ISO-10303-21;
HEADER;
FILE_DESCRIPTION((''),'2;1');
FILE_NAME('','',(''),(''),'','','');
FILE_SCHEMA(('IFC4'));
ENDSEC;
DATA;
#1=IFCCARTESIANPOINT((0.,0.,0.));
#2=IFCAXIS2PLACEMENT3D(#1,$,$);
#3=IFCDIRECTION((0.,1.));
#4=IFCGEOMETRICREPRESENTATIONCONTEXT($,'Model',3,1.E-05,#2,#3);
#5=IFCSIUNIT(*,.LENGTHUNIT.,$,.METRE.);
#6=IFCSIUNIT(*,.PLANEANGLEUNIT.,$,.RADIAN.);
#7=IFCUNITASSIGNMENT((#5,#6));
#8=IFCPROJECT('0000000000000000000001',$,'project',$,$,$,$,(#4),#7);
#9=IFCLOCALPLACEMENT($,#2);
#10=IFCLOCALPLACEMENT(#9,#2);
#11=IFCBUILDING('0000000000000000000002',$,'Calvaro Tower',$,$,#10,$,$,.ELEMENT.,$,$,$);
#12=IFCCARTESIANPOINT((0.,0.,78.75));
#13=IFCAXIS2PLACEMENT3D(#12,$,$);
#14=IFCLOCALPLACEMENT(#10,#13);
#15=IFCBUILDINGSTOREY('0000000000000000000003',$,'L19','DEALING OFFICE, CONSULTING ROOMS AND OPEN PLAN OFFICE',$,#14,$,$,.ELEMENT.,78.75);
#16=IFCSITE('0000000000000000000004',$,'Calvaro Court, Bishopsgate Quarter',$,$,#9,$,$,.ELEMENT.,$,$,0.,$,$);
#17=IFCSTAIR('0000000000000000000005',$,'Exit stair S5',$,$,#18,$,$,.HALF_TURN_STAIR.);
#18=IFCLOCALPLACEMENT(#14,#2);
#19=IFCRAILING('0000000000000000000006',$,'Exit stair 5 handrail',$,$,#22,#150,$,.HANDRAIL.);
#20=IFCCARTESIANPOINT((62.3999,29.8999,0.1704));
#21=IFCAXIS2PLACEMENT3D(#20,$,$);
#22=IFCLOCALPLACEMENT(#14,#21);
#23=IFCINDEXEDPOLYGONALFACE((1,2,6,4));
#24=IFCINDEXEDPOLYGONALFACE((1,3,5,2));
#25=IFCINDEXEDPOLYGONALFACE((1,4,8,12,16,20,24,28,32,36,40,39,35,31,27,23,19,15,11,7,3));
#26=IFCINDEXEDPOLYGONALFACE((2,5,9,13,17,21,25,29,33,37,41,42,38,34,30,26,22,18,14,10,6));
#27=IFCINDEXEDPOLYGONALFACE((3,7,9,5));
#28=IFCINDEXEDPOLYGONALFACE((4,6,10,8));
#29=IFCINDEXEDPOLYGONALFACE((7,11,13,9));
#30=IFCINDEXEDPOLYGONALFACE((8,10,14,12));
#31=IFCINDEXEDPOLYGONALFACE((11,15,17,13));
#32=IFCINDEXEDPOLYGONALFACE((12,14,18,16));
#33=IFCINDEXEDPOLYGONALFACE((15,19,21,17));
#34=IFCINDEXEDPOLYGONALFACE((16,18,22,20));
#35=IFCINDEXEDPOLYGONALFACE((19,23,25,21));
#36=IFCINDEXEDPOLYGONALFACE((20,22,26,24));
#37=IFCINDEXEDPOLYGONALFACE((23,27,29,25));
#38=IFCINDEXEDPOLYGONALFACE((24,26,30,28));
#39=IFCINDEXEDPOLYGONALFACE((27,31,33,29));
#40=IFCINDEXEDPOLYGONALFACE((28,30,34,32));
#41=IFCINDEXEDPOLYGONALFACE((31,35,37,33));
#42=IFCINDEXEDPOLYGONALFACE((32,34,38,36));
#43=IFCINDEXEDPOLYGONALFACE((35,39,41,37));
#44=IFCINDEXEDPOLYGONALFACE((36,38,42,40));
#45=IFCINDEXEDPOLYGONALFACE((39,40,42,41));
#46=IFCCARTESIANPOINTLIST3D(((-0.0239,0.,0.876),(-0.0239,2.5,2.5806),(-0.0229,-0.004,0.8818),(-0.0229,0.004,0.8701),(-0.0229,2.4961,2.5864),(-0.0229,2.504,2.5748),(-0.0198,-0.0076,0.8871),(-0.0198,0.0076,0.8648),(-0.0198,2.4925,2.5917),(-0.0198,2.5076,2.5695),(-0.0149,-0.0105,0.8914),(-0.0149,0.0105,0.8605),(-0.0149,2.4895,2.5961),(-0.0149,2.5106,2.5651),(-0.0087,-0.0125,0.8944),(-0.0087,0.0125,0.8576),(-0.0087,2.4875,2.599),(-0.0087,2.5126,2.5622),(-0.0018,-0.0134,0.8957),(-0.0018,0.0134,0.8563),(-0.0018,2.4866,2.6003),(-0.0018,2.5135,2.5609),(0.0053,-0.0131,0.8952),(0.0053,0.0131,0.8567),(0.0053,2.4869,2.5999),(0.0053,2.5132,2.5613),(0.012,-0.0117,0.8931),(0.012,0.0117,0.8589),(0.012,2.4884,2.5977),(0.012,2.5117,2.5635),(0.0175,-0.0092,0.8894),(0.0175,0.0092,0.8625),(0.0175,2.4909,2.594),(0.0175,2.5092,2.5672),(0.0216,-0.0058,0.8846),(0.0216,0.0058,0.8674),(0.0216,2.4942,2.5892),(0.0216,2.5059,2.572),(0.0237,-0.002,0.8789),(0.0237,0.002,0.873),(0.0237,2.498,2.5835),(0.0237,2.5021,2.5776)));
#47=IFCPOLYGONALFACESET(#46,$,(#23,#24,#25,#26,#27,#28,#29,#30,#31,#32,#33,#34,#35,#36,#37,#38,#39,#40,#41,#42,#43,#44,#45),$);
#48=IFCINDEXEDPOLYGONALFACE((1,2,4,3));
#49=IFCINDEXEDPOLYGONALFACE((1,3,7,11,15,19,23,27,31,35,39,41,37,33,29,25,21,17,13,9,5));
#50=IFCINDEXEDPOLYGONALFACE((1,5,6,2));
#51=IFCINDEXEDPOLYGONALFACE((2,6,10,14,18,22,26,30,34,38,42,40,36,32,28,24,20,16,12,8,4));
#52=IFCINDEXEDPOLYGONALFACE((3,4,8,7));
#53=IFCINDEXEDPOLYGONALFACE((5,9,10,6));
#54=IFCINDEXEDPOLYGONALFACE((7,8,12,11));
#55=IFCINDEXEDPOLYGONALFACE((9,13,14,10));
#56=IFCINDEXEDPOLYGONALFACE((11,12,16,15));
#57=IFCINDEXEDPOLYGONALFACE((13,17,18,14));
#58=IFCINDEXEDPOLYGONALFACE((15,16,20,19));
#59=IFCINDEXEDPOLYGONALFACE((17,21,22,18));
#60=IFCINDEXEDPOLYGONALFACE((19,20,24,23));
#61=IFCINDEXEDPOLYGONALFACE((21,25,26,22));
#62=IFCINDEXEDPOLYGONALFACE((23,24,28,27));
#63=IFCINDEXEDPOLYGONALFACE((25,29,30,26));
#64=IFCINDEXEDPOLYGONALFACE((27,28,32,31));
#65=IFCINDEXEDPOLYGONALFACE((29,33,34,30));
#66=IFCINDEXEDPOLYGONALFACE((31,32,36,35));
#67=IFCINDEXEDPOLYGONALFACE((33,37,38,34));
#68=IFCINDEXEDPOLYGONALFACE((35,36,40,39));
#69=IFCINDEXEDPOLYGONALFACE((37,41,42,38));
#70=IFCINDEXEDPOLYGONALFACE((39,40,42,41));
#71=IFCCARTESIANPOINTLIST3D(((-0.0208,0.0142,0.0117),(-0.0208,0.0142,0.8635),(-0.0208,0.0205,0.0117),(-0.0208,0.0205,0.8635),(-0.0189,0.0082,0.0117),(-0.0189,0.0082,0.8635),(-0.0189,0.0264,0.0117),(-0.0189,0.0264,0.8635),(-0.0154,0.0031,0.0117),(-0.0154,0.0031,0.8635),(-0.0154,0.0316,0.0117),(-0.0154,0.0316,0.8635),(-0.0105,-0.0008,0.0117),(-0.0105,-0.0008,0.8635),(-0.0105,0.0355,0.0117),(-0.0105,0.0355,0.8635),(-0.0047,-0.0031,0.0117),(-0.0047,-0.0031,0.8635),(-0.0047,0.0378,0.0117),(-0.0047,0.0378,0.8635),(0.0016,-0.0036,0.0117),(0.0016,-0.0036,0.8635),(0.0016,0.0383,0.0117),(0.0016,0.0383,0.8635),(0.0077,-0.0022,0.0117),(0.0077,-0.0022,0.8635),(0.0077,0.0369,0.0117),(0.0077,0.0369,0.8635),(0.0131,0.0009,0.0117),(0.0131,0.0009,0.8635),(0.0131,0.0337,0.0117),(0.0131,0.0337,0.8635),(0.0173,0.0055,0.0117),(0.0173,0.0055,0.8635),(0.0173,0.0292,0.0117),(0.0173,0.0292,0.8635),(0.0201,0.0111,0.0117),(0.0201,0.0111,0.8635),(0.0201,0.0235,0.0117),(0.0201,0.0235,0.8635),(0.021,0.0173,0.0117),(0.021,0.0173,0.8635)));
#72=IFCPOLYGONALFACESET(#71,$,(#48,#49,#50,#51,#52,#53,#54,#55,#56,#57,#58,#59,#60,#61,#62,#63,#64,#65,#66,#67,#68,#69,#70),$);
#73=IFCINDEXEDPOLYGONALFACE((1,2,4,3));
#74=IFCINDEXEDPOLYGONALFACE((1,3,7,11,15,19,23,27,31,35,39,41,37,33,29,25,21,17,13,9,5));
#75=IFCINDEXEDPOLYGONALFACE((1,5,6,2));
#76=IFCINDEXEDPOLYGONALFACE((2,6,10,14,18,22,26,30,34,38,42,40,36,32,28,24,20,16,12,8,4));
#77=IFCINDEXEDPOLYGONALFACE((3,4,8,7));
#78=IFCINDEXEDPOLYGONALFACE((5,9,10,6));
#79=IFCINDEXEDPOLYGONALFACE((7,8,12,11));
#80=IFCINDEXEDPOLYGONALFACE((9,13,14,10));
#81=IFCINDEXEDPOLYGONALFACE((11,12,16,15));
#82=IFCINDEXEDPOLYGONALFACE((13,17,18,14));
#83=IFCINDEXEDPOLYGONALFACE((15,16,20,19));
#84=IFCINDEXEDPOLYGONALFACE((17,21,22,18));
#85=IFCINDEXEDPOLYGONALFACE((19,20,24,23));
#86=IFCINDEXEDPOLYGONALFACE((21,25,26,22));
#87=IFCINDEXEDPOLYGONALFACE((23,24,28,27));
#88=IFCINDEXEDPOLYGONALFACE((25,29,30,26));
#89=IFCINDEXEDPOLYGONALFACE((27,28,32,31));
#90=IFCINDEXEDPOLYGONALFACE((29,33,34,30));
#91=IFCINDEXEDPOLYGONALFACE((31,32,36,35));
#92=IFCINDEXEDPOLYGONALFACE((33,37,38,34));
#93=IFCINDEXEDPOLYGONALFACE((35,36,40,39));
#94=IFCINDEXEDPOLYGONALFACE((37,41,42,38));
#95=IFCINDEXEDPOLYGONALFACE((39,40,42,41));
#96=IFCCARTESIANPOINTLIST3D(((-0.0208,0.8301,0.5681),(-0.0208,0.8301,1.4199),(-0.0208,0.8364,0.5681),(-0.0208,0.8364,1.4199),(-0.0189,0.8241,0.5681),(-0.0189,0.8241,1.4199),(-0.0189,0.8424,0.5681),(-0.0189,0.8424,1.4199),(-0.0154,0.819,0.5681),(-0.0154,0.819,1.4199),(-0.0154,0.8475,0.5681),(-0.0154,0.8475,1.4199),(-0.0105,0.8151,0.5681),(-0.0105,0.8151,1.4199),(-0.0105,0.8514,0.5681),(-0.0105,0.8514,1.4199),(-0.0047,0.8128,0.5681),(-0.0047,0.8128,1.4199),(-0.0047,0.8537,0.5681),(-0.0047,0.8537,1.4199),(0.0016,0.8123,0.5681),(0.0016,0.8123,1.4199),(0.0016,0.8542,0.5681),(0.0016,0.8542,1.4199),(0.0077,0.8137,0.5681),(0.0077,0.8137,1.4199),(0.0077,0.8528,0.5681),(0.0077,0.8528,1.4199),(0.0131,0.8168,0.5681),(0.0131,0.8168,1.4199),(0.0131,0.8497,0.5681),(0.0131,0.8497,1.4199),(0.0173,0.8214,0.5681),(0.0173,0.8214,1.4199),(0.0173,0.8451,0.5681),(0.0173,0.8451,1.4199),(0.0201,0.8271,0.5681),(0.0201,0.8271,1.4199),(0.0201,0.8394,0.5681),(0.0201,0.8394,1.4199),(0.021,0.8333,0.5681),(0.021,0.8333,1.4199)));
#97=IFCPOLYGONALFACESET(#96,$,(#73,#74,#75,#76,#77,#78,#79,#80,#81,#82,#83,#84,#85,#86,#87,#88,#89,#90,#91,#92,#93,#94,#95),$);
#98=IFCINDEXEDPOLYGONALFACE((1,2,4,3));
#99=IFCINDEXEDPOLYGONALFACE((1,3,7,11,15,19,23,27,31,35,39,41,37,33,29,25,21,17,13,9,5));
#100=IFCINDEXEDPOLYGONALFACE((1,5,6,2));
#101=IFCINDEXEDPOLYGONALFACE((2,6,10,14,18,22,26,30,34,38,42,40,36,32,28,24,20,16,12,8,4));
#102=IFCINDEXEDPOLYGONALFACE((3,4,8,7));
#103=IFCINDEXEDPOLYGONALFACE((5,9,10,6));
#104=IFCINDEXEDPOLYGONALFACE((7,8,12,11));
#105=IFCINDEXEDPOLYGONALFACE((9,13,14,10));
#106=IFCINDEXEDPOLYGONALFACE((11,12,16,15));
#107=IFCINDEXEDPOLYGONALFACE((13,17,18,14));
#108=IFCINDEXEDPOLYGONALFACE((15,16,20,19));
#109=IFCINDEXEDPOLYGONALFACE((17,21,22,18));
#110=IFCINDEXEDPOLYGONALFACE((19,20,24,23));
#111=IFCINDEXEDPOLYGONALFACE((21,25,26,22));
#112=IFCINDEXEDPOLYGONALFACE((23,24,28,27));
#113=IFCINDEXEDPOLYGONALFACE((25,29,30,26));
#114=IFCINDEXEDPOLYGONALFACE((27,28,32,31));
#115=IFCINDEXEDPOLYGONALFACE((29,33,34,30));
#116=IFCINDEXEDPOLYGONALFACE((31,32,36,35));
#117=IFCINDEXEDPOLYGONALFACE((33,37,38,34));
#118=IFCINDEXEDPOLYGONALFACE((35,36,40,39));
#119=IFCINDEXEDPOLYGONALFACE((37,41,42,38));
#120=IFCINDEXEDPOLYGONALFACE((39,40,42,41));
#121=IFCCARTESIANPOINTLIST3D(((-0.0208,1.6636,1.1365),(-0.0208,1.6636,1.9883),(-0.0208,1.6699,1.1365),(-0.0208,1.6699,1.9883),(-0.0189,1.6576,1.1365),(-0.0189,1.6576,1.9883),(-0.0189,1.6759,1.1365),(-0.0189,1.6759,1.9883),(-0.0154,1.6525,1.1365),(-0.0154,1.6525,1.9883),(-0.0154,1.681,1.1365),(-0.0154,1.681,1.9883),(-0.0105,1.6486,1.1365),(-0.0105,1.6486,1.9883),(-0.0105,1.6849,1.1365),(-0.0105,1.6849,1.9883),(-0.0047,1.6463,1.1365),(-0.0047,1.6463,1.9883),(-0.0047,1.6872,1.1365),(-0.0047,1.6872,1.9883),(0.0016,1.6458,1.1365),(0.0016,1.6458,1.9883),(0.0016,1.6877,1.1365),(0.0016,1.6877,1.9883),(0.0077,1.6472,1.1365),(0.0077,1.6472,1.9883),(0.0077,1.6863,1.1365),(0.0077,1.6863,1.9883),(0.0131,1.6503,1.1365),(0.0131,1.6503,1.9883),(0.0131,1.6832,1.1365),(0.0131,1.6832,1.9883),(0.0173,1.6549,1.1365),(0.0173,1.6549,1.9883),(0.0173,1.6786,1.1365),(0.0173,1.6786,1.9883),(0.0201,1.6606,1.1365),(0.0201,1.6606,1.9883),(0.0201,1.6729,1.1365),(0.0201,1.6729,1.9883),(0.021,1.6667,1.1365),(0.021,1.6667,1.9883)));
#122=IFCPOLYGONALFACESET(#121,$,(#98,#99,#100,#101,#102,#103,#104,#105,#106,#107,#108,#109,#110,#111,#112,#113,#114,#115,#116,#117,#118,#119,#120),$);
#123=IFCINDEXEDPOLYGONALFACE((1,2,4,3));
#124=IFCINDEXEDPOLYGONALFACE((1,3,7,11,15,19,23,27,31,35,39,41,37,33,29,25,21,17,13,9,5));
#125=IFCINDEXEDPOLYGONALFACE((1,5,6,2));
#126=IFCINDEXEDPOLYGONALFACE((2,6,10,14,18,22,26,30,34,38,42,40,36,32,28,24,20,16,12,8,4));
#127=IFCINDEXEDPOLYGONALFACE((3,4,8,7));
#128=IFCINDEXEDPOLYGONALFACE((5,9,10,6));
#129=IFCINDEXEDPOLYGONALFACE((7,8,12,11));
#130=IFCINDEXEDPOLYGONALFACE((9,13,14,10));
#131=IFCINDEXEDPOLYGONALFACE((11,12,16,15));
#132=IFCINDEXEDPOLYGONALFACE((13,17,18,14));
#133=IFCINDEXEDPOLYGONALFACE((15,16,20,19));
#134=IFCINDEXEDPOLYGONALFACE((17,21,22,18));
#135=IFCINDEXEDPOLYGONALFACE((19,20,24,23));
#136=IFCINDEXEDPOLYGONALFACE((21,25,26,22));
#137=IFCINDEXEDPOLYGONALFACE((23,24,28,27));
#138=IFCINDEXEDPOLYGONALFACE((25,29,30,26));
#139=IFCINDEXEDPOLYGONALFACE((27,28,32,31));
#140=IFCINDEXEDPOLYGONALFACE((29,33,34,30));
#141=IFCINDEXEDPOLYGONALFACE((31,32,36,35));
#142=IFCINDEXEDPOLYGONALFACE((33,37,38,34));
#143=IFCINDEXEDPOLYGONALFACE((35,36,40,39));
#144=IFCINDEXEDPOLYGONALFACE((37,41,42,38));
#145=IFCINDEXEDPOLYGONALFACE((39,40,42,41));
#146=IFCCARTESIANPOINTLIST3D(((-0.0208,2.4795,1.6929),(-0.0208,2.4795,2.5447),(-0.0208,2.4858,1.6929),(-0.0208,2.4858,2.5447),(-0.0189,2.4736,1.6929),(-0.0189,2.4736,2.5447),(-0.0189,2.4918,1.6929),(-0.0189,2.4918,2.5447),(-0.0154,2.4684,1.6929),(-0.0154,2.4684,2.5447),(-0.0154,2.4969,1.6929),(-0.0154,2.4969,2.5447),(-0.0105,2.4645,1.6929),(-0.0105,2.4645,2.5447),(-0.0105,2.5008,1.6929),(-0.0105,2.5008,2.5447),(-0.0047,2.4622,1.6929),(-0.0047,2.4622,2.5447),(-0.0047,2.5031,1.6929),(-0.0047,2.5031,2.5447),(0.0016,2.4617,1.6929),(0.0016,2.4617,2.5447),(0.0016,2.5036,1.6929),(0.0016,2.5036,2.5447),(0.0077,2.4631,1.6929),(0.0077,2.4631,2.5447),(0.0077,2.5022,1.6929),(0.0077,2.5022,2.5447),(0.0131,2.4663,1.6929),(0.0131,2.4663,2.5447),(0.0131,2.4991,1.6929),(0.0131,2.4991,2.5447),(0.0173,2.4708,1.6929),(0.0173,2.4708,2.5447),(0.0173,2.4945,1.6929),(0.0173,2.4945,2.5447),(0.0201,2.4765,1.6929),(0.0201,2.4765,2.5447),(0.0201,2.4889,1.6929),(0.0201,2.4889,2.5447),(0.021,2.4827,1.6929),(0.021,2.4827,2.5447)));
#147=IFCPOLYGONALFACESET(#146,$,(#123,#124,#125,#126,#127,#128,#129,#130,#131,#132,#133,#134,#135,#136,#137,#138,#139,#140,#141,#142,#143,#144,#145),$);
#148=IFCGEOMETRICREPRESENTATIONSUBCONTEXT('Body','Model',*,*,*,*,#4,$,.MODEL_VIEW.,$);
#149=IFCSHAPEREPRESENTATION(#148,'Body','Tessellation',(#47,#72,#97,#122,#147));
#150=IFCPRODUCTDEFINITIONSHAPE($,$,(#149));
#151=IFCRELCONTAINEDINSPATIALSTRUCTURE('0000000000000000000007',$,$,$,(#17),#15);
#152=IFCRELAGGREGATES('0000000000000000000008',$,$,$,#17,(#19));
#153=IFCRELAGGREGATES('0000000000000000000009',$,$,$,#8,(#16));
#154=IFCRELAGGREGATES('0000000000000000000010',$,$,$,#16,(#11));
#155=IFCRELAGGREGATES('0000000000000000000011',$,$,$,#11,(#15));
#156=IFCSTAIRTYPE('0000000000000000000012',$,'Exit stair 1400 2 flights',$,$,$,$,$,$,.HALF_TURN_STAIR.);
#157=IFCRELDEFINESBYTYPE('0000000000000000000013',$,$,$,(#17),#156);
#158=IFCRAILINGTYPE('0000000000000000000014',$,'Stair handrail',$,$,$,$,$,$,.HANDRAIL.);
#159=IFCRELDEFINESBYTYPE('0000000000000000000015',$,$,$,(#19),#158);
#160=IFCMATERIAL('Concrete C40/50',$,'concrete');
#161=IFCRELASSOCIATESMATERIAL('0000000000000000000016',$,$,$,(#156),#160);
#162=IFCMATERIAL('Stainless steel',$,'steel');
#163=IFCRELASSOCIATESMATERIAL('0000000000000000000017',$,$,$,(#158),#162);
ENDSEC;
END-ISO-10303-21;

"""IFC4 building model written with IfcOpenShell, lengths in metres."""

from ifc_helpers import new_model, si_unit, direction, frame, origin, origin_2d, place, context, subcontext, project, spatial, circle, extrude, material, type_object, element, aggregate, save


model = new_model("IFC4")

# Units and contexts
model_context = context("Model", 3, precision=1e-05, world=origin(), true_north=direction((0.0, 1.0)))
body_context = subcontext(model_context, "Body", "Model", "MODEL_VIEW")
ifc_project = project(units=[si_unit("LENGTHUNIT", "METRE"), si_unit("PLANEANGLEUNIT", "RADIAN")], contexts=[model_context])

# Site, building, storey
site_placement = place(None, origin())
site = spatial("IfcSite", under=ifc_project, at=site_placement, Name="Calvaro Court, Bishopsgate Quarter", CompositionType="ELEMENT", RefElevation=0.0)
building_placement = place(site_placement, origin())
building = spatial("IfcBuilding", under=site, at=building_placement, Name="Calvaro Tower", CompositionType="ELEMENT")
storey_placement = place(building_placement, frame((0.0, 0.0, 78.75)))
storey = spatial("IfcBuildingStorey", under=building, at=storey_placement, Name="L19", Description="DEALING OFFICE, CONSULTING ROOMS AND OPEN PLAN OFFICE", CompositionType="ELEMENT", Elevation=78.75)

# Stair
ifc_material_1 = material(Name="Concrete C40/50", Category="concrete")
stair_type = type_object("IfcStairType", Name="Exit stair 1400 2 flights", PredefinedType="HALF_TURN_STAIR", material=ifc_material_1)
stair_1_placement = place(storey_placement, origin())
stair_1 = element("IfcStair", 1, at=stair_1_placement, inside=storey, type_object=stair_type, Name="Exit stair S5", PredefinedType="HALF_TURN_STAIR")

# Shared definitions
ifc_material_2 = material(Name="Stainless steel", Category="steel")
railing_type = type_object("IfcRailingType", Name="Stair handrail", PredefinedType="HANDRAIL", material=ifc_material_2)

# Railing
railing_1_placement = place(storey_placement, frame((62.3999, 29.8999, 0.1704)))
railing_1 = element("IfcRailing", 2, at=railing_1_placement, type_object=railing_type, Name="Exit stair 5 handrail", PredefinedType="HANDRAIL", context=body_context, shape_type="SweptSolid", body=[
    extrude(circle(Radius=0.0239, at=origin_2d()), frame((0.0, 0.0, 0.876), z_axis=(0.0, 0.826221, 0.563347), x_axis=(-1.0, 0.0, 0.0)), (0.0, 0.0, 1.0), 3.0259),
    extrude(circle(Radius=0.021, at=origin_2d()), frame((0.0, 0.0173, 0.0117)), (0.0, 0.0, 1.0), 0.8518),
    extrude(circle(Radius=0.021, at=origin_2d()), frame((0.0, 0.8333, 0.5681)), (0.0, 0.0, 1.0), 0.8518),
    extrude(circle(Radius=0.021, at=origin_2d()), frame((0.0, 1.6667, 1.1365)), (0.0, 0.0, 1.0), 0.8518),
    extrude(circle(Radius=0.021, at=origin_2d()), frame((0.0, 2.4827, 1.6929)), (0.0, 0.0, 1.0), 0.8518),
])
aggregate(stair_1, [railing_1])

save(model, "model.ifc")
